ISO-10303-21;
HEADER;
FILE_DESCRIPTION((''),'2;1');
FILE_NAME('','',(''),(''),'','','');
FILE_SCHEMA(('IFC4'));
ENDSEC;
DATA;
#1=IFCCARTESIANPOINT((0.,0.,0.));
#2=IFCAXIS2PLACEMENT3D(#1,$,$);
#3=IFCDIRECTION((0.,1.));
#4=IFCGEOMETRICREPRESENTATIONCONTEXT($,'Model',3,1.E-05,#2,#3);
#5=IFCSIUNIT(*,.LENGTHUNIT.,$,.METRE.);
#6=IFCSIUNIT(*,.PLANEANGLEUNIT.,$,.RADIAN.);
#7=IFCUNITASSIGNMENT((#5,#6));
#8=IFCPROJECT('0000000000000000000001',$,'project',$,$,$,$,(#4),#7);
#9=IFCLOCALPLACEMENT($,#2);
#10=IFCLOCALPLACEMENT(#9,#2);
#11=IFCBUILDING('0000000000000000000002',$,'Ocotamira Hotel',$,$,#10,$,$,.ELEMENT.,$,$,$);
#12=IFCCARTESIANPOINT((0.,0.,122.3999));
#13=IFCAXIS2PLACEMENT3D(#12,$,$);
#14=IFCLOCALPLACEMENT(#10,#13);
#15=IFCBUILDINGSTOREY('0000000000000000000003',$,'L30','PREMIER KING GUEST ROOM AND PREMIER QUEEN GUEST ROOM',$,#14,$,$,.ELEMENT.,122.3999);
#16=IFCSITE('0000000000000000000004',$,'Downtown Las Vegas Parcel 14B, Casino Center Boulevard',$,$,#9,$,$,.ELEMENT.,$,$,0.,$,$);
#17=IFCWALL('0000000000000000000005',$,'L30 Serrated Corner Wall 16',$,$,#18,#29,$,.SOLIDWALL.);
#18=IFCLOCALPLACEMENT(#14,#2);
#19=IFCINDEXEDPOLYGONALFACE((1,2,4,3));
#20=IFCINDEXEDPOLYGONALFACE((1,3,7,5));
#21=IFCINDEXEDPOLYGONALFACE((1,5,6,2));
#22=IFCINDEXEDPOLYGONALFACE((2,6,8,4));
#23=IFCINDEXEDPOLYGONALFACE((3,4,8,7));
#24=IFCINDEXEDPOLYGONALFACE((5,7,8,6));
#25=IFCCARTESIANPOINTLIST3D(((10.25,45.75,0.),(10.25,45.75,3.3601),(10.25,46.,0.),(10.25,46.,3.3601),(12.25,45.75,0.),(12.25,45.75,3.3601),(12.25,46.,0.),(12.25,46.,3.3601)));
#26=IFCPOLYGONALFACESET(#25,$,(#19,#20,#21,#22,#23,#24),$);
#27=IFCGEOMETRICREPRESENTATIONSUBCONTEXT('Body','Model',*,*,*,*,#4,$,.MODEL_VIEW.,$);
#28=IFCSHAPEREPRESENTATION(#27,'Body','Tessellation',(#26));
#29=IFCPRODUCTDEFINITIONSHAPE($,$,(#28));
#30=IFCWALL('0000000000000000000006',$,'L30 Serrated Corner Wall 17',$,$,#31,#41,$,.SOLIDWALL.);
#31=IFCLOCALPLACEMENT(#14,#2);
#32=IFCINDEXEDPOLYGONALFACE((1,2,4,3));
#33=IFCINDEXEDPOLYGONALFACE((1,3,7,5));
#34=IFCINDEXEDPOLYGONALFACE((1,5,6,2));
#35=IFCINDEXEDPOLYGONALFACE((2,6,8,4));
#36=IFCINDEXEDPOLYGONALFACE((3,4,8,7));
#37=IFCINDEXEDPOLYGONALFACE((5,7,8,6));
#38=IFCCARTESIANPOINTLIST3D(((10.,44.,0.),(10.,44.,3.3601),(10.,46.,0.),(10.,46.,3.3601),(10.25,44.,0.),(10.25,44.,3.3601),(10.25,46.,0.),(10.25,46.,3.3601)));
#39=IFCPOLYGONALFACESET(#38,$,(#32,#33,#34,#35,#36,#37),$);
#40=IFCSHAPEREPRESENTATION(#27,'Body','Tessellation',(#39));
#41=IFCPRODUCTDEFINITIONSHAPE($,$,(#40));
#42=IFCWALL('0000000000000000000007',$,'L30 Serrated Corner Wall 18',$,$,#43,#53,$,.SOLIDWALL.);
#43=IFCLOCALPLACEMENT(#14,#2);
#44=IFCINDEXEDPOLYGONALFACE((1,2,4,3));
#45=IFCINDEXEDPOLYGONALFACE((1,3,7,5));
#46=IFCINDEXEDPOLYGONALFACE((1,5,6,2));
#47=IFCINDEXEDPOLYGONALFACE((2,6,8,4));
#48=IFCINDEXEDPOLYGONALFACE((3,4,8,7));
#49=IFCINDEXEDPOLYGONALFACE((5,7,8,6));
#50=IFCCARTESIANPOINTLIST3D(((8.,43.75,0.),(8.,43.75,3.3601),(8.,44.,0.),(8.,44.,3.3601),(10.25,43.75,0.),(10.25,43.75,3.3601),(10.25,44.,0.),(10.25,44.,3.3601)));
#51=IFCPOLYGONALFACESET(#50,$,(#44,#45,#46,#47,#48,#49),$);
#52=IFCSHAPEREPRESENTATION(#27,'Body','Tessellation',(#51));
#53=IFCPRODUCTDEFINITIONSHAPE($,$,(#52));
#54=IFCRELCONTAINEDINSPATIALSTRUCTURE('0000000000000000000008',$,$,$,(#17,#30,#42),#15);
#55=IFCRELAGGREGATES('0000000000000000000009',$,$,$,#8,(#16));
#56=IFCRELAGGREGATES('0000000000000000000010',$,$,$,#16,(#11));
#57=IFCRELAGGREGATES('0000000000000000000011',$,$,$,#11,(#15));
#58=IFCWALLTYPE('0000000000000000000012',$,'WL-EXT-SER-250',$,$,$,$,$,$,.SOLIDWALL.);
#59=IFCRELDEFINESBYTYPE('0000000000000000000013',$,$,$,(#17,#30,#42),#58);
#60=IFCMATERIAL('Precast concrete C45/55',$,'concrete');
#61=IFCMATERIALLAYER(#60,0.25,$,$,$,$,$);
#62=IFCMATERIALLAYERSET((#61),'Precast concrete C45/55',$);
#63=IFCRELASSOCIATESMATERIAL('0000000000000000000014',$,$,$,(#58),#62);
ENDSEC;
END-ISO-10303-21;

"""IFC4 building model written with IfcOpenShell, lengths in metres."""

from ifc_helpers import new_model, si_unit, direction, frame, frame_2d, origin, place, context, subcontext, project, spatial, rectangle, extrude, material, layer, layer_set, type_object, element, save


model = new_model("IFC4")

# Units and contexts
model_context = context("Model", 3, precision=1e-05, world=origin(), true_north=direction((0.0, 1.0)))
body_context = subcontext(model_context, "Body", "Model", "MODEL_VIEW")
ifc_project = project(units=[si_unit("LENGTHUNIT", "METRE"), si_unit("PLANEANGLEUNIT", "RADIAN")], contexts=[model_context])

# Site, building, storey
site_placement = place(None, origin())
site = spatial("IfcSite", under=ifc_project, at=site_placement, Name="Downtown Las Vegas Parcel 14B, Casino Center Boulevard", CompositionType="ELEMENT", RefElevation=0.0)
building_placement = place(site_placement, origin())
building = spatial("IfcBuilding", under=site, at=building_placement, Name="Ocotamira Hotel", CompositionType="ELEMENT")
storey_placement = place(building_placement, frame((0.0, 0.0, 122.3999)))
storey = spatial("IfcBuildingStorey", under=building, at=storey_placement, Name="L30", Description="PREMIER KING GUEST ROOM AND PREMIER QUEEN GUEST ROOM", CompositionType="ELEMENT", Elevation=122.3999)

# Shared definitions
ifc_material_1 = material(Name="Precast concrete C45/55", Category="concrete")
ifc_layer_1 = layer(ifc_material_1, 0.25)
ifc_layer_set_1 = layer_set([ifc_layer_1], Name="Precast concrete C45/55")
wall_type = type_object("IfcWallType", Name="WL-EXT-SER-250", PredefinedType="SOLIDWALL", material=ifc_layer_set_1)

# Walls
for number, where, z_axis, x_axis, name in (
    (1, (12.25, 45.875, 0.0), (0.0, 0.0, 1.0), (-1.0, 0.0, 0.0), "L30 Serrated Corner Wall 16"),
    (2, (10.125, 46.0, 0.0), (0.0, 0.0, 1.0), (0.0, -1.0, 0.0), "L30 Serrated Corner Wall 17"),
):
    element("IfcWall", number, at=place(storey_placement, frame(where, z_axis=z_axis, x_axis=x_axis)), inside=storey, type_object=wall_type, Name=name, PredefinedType="SOLIDWALL", context=body_context, shape_type="SweptSolid", body=[
        extrude(rectangle(XDim=2.0, YDim=0.25, at=frame_2d((1.0, 0.0))), origin(), (0.0, 0.0, 1.0), 3.3601),
    ])
wall_1_placement = place(storey_placement, frame((10.25, 43.875, 0.0), z_axis=(0.0, 0.0, 1.0), x_axis=(-1.0, 0.0, 0.0)))
element("IfcWall", 3, at=wall_1_placement, inside=storey, type_object=wall_type, Name="L30 Serrated Corner Wall 18", PredefinedType="SOLIDWALL", context=body_context, shape_type="SweptSolid", body=[
    extrude(rectangle(XDim=2.25, YDim=0.25, at=frame_2d((1.125, 0.0))), origin(), (0.0, 0.0, 1.0), 3.3601),
])

save(model, "model.ifc")
